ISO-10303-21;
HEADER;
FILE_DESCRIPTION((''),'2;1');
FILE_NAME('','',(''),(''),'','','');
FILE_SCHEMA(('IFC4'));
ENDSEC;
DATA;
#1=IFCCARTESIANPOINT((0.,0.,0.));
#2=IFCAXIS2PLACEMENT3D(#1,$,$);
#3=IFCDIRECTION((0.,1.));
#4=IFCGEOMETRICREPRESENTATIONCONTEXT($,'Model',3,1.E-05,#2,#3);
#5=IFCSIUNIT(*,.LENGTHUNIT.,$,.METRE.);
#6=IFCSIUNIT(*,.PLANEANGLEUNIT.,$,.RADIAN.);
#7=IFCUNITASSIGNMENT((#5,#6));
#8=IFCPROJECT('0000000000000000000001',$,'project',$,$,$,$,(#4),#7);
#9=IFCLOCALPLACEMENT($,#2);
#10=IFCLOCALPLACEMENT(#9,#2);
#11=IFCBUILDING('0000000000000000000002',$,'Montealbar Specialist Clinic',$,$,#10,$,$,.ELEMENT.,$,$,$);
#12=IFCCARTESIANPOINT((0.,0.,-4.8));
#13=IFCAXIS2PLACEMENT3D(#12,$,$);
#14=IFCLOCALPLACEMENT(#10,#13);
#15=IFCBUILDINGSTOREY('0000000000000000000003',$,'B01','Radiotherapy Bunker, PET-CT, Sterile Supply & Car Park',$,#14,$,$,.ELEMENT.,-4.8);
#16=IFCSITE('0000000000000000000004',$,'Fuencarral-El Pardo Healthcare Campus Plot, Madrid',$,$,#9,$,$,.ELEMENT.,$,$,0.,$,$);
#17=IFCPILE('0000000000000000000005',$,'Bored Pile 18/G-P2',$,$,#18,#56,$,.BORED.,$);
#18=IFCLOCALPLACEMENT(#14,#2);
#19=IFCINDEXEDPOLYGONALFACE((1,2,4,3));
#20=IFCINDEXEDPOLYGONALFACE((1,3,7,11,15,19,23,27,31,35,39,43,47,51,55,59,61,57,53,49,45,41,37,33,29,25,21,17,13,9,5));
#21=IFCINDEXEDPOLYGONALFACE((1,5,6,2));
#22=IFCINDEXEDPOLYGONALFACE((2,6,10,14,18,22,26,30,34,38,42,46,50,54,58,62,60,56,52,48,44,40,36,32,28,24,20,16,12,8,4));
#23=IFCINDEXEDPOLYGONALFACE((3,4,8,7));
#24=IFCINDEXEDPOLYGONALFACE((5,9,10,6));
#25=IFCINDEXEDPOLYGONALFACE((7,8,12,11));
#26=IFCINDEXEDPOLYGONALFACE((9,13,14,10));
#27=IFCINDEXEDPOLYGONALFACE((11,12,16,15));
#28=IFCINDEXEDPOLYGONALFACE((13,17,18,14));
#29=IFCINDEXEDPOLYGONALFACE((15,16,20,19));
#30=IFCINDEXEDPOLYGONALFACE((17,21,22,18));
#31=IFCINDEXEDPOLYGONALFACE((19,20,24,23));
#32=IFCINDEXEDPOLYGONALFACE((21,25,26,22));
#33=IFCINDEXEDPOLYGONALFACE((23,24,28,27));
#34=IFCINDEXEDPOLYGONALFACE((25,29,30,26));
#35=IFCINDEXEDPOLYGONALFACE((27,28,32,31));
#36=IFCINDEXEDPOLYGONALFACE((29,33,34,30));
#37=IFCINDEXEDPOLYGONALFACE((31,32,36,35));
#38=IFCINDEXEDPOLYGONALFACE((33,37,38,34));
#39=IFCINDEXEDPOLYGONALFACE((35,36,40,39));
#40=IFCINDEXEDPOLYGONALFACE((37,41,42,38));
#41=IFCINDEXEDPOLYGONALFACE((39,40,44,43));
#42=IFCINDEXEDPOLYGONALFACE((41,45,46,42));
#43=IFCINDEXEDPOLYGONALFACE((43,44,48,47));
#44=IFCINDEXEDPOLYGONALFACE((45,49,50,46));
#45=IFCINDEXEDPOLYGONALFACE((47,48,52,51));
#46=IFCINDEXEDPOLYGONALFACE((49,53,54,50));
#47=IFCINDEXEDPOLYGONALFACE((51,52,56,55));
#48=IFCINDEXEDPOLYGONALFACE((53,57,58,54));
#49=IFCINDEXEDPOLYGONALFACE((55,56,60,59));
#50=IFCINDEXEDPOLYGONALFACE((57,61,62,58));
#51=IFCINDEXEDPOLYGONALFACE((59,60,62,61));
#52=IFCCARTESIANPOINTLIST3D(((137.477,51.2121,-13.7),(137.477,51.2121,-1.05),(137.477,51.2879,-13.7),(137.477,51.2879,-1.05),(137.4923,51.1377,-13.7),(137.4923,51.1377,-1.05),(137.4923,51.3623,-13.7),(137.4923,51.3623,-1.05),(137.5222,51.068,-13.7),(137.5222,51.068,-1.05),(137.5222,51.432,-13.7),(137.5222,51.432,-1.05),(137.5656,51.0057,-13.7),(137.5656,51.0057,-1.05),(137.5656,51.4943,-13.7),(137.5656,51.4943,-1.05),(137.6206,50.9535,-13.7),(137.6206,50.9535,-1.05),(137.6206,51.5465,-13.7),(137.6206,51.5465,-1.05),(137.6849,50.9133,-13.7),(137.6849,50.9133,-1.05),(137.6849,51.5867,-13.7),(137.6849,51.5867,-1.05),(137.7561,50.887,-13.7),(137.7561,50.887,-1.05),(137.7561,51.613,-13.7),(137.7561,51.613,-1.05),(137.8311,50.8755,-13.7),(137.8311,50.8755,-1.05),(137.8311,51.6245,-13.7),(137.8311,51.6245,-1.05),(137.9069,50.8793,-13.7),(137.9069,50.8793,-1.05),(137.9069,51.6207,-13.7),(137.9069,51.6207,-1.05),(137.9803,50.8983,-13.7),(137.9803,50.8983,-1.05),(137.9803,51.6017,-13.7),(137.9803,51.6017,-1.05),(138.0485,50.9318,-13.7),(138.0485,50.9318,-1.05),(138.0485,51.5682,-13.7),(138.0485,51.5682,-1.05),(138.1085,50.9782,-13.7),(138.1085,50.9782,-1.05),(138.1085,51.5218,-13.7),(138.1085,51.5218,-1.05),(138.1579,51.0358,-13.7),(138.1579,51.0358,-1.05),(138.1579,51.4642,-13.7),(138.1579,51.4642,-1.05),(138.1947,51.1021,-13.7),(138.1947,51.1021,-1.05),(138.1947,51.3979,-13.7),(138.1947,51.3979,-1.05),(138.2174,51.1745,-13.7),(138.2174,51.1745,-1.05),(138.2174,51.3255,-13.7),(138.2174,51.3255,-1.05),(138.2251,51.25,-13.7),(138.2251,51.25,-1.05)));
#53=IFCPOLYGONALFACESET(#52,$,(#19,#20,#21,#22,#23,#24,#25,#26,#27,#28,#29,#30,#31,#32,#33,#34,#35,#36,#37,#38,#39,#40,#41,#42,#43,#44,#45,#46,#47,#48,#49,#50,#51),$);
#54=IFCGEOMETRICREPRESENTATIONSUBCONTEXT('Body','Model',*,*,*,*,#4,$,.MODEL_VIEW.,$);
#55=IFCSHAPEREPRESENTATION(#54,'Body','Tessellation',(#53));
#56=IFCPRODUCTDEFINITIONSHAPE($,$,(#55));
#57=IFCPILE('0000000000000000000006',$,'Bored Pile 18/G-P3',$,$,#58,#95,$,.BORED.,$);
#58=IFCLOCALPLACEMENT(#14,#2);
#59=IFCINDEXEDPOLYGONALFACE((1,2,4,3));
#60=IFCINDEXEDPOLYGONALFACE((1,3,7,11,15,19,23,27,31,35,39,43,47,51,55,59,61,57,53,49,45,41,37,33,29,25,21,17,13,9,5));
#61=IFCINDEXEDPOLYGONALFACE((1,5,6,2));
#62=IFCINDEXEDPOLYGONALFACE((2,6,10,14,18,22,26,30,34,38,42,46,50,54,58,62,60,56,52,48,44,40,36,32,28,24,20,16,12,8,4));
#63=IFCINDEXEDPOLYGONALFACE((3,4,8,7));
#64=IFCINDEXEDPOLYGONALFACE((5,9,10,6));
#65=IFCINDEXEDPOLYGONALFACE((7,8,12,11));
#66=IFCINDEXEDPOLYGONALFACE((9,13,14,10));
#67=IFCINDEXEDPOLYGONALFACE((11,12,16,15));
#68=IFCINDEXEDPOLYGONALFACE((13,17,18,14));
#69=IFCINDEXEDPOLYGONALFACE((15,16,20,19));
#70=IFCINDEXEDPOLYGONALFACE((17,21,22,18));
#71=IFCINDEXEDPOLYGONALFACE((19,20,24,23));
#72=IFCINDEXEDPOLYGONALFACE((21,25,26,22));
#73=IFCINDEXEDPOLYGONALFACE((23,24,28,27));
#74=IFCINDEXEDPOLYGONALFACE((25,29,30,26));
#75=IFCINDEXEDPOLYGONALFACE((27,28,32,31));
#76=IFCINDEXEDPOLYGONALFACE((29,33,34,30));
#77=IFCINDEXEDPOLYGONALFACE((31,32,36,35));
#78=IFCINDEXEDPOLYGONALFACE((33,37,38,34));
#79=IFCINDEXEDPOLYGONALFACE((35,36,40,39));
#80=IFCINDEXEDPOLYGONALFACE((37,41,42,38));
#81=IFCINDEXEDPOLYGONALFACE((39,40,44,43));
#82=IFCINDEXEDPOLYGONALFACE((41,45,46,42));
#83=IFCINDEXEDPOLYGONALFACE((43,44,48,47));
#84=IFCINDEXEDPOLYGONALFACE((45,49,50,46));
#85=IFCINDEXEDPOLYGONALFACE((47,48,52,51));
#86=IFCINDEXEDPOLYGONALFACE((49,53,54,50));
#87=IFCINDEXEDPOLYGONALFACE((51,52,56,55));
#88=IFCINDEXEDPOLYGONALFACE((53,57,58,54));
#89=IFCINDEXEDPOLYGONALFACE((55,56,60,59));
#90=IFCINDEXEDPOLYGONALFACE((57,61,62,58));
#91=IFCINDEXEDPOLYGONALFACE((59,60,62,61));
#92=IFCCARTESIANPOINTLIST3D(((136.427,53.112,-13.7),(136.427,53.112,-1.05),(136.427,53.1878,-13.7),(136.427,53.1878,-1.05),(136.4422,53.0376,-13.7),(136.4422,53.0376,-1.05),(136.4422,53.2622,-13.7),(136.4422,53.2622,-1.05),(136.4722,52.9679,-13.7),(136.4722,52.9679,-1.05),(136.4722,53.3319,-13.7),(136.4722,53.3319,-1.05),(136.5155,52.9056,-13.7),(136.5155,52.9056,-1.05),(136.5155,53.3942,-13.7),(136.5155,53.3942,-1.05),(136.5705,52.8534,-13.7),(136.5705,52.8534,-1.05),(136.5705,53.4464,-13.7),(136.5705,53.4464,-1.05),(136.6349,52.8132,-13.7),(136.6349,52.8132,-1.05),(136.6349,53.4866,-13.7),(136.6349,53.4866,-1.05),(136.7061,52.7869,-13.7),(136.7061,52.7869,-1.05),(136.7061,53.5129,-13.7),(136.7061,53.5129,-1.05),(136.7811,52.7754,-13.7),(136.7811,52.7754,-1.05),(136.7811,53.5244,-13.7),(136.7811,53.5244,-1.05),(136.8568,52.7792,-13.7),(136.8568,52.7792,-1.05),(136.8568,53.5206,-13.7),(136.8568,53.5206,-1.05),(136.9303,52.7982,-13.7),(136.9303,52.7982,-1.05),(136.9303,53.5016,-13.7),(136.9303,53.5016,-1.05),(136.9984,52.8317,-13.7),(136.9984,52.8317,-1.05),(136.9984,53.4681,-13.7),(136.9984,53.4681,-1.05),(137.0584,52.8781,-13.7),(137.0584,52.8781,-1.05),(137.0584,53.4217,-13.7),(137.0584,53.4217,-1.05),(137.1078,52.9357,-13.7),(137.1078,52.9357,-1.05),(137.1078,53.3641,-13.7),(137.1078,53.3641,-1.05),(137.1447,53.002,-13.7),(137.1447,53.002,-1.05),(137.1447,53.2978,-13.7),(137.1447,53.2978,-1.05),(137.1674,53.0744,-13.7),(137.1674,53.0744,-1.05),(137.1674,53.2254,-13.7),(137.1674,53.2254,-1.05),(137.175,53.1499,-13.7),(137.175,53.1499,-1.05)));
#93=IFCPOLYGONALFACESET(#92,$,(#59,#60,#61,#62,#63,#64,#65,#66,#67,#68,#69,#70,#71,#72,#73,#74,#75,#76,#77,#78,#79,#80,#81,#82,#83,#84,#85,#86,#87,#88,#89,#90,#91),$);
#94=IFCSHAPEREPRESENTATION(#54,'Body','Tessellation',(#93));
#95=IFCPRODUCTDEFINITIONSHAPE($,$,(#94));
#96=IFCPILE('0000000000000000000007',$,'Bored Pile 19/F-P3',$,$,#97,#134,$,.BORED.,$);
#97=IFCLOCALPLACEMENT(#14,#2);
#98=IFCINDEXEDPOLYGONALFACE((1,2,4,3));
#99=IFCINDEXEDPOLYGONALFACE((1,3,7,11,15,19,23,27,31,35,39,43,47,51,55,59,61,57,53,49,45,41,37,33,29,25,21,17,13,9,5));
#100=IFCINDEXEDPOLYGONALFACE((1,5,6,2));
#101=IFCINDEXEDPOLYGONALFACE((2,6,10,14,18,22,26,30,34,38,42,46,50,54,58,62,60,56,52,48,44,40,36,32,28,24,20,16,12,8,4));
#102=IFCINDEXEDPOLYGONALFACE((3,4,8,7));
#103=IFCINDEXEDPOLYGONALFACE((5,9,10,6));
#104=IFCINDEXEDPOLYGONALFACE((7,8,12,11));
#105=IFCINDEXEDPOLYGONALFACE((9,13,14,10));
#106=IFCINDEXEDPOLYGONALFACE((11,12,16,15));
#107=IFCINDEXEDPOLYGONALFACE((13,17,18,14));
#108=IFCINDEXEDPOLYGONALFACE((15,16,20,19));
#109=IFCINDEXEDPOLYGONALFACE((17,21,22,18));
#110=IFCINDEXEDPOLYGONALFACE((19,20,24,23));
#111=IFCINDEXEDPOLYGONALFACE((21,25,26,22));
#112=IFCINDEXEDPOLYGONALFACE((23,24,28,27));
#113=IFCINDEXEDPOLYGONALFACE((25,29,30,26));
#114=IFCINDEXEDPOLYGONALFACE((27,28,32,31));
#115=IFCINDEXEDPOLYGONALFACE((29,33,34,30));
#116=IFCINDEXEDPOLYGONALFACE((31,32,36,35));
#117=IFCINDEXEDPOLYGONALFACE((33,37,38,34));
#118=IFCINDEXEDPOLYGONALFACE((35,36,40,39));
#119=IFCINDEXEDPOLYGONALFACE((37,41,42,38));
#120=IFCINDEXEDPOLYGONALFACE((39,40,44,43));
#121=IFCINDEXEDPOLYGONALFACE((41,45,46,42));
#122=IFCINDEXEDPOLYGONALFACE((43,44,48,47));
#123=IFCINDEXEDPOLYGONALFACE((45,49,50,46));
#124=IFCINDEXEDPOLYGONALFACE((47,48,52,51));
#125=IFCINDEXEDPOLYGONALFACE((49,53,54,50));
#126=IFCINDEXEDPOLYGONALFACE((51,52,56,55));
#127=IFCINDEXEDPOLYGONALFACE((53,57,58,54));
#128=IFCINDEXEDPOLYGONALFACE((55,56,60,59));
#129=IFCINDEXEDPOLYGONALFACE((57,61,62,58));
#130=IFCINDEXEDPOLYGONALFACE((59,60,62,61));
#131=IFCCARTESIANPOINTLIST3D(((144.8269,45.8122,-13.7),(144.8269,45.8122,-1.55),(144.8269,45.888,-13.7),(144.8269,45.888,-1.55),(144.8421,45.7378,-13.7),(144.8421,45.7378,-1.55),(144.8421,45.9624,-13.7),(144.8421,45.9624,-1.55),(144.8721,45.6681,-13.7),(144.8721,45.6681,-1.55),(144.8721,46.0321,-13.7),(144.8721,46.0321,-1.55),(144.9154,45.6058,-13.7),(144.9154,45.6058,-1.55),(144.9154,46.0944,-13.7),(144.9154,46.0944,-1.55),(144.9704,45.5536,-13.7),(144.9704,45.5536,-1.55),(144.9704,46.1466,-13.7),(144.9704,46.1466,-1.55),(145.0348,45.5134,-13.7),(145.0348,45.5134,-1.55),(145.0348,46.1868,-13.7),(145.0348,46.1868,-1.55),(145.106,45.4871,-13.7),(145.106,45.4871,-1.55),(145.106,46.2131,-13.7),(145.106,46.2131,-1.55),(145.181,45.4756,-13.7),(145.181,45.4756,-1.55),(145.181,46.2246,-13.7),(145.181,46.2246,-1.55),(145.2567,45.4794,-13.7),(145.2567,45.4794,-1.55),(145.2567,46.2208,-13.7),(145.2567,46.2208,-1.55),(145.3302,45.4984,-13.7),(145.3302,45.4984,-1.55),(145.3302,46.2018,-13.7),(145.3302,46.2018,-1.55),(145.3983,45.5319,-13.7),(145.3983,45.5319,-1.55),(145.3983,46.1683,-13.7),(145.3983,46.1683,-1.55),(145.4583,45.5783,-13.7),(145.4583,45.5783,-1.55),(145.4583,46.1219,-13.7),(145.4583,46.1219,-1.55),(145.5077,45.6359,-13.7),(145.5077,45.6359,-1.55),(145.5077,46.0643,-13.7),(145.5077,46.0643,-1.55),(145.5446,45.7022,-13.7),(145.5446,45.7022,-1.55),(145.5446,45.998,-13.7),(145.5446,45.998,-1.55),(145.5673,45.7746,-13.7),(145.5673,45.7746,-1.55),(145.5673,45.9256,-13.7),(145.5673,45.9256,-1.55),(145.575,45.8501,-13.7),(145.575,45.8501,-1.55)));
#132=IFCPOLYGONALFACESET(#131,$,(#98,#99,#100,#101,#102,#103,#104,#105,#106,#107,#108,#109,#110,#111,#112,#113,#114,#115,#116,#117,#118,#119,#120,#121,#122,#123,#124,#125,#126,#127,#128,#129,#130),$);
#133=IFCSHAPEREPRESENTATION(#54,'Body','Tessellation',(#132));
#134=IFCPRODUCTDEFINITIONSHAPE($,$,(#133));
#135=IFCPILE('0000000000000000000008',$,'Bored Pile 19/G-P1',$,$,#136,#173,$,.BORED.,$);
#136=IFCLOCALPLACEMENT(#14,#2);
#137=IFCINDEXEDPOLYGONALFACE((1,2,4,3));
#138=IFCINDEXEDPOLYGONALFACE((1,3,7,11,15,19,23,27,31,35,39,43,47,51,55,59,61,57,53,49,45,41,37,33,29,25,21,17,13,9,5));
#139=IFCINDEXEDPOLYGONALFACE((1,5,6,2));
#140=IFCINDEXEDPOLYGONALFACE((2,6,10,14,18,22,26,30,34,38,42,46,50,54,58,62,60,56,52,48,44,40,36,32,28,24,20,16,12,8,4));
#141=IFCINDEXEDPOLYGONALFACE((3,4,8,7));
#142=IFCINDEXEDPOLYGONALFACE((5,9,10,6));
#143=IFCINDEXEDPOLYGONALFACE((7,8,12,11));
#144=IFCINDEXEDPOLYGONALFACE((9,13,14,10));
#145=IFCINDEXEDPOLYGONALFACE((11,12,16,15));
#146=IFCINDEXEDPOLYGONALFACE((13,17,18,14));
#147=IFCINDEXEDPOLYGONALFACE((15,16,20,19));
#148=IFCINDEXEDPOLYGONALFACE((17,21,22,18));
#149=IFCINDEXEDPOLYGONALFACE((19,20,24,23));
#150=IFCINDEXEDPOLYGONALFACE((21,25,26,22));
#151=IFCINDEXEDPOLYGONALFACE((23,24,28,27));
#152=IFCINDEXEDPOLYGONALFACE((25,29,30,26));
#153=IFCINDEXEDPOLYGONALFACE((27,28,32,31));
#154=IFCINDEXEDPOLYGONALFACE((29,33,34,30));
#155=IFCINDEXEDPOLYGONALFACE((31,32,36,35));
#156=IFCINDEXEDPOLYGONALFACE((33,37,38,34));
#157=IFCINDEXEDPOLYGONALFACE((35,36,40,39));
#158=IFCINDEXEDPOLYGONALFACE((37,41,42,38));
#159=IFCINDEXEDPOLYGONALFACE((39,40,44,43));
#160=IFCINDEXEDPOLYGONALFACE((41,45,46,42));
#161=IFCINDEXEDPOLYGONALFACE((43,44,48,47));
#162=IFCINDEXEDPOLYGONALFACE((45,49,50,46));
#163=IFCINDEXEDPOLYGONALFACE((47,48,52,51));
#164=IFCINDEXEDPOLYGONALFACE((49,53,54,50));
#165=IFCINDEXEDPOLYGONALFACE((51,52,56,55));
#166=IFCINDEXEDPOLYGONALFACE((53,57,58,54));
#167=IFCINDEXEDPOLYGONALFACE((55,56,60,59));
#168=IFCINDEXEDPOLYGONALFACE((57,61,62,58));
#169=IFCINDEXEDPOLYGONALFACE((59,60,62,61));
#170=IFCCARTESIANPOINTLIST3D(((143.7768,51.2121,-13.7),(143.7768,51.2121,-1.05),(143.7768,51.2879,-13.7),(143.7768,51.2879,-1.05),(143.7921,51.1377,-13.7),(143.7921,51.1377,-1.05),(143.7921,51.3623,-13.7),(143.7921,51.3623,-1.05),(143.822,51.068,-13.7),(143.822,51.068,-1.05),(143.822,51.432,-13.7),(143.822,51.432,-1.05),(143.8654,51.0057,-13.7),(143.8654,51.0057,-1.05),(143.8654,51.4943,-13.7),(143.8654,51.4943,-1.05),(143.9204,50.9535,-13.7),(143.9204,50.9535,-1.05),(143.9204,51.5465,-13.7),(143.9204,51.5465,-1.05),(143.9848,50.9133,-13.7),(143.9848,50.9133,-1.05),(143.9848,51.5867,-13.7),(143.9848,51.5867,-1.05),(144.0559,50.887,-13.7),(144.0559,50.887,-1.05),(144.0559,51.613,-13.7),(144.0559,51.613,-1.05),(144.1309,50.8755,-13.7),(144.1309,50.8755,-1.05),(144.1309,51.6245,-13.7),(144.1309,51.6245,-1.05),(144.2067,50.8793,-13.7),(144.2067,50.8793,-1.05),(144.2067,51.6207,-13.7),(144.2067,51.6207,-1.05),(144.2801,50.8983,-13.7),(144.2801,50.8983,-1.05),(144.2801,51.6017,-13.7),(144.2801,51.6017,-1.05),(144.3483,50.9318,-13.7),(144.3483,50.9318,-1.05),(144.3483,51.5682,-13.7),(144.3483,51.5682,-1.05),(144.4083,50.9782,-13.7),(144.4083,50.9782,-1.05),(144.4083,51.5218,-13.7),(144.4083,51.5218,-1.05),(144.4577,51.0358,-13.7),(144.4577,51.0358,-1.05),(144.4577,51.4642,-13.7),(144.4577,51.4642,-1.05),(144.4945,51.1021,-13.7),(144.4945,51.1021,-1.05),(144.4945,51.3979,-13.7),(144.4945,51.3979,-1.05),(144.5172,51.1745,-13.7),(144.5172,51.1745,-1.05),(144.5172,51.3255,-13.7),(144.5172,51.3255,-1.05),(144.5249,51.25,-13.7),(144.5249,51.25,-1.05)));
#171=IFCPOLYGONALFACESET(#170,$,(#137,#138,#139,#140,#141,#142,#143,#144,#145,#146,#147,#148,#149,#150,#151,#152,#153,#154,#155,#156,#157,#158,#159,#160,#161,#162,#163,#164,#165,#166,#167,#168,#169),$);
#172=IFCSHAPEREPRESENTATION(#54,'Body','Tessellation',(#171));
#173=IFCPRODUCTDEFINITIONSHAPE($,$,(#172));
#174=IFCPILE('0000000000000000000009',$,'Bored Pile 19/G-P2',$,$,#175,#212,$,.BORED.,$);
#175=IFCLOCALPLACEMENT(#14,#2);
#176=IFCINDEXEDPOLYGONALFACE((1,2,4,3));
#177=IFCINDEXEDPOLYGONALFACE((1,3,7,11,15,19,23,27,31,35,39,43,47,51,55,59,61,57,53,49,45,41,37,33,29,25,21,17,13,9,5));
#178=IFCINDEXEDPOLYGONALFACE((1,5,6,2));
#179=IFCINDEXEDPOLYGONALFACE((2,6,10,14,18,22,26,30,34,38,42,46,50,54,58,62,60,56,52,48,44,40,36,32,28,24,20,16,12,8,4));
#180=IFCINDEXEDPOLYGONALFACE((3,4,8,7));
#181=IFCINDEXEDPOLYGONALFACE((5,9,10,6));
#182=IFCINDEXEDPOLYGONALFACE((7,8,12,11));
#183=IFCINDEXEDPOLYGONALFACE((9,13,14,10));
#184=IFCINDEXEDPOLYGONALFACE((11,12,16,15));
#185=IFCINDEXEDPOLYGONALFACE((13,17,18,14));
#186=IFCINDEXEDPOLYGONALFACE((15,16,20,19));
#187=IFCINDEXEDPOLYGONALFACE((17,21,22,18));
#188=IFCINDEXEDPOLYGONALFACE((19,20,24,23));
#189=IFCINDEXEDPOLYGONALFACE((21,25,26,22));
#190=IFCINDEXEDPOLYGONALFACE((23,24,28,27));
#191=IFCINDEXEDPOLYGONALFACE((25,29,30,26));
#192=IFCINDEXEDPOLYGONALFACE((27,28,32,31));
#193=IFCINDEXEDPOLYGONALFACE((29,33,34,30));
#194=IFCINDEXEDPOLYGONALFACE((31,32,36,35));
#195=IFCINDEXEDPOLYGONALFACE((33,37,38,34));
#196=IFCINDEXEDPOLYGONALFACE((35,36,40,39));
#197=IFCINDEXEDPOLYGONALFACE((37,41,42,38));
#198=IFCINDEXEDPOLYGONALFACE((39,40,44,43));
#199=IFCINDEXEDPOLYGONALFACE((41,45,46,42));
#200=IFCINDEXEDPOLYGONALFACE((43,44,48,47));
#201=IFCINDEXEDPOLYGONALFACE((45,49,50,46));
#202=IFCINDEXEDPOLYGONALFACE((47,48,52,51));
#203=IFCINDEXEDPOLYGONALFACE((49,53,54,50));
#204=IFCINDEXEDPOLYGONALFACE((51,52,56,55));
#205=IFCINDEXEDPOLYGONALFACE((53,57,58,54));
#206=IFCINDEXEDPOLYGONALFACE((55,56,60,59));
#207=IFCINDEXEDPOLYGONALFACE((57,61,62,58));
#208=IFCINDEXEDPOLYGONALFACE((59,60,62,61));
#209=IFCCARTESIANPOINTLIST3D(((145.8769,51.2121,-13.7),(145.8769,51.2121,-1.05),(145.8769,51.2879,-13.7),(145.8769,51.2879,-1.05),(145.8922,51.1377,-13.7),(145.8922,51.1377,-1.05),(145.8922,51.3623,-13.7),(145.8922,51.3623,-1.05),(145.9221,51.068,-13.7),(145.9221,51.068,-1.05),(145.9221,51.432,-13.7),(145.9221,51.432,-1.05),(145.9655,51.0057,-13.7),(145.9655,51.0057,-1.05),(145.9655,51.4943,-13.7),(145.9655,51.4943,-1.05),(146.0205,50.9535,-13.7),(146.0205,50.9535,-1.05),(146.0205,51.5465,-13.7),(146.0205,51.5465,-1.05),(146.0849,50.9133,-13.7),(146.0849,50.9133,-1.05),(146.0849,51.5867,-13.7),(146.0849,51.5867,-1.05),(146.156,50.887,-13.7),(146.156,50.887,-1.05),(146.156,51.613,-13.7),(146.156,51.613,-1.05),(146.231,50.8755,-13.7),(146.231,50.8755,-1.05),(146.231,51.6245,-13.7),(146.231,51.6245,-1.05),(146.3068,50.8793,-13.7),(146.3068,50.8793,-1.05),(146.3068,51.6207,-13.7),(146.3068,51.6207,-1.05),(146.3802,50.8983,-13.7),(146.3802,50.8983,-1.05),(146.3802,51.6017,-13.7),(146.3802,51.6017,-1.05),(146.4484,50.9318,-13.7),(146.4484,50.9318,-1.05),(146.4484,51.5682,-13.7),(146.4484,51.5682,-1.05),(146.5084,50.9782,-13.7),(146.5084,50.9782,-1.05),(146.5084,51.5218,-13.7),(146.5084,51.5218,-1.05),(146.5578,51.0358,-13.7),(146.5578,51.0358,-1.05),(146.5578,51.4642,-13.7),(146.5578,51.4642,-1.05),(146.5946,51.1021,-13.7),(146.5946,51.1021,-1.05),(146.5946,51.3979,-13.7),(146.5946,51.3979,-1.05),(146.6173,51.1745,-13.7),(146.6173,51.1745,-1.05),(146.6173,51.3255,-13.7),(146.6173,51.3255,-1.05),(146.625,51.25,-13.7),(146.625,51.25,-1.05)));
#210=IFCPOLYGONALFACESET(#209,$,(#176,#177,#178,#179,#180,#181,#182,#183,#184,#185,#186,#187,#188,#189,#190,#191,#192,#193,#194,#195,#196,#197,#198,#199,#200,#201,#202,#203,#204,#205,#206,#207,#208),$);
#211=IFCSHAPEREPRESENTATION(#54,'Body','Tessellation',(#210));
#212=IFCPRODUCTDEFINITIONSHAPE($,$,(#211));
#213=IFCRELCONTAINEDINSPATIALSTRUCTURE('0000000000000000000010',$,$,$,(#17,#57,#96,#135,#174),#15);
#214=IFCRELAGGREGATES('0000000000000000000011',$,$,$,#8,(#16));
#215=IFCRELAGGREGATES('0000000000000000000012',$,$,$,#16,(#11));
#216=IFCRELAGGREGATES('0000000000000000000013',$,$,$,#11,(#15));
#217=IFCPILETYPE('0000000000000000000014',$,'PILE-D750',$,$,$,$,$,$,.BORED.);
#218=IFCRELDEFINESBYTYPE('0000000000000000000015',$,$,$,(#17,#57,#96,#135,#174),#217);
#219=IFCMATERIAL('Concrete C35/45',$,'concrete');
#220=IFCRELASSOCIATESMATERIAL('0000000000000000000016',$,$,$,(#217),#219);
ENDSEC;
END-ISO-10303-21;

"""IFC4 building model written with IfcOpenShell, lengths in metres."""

from ifc_helpers import new_model, si_unit, direction, frame, origin, origin_2d, place, context, subcontext, project, spatial, circle, extrude, material, material_profile, profile_set, type_object, element, save


model = new_model("IFC4")

# Units and contexts
model_context = context("Model", 3, precision=1e-05, world=origin(), true_north=direction((0.0, 1.0)))
body_context = subcontext(model_context, "Body", "Model", "MODEL_VIEW")
ifc_project = project(units=[si_unit("LENGTHUNIT", "METRE"), si_unit("PLANEANGLEUNIT", "RADIAN")], contexts=[model_context])

# Site, building, storey
site_placement = place(None, origin())
site = spatial("IfcSite", under=ifc_project, at=site_placement, Name="Fuencarral-El Pardo Healthcare Campus Plot, Madrid", CompositionType="ELEMENT", RefElevation=0.0)
building_placement = place(site_placement, origin())
building = spatial("IfcBuilding", under=site, at=building_placement, Name="Montealbar Specialist Clinic", CompositionType="ELEMENT")
storey_placement = place(building_placement, frame((0.0, 0.0, -4.8)))
storey = spatial("IfcBuildingStorey", under=building, at=storey_placement, Name="B01", Description="Radiotherapy Bunker, PET-CT, Sterile Supply & Car Park", CompositionType="ELEMENT", Elevation=-4.8)

# Shared definitions
ifc_material_1 = material(Name="Concrete C35/45", Category="concrete")

# Piles
ifc_material_profile_1 = material_profile(ifc_material_1, circle(Radius=0.375, at=origin_2d()), Name="PILE D750", Category="concrete")
ifc_profile_set_1 = profile_set([ifc_material_profile_1], Name="Concrete C35/45")
pile_type = type_object("IfcPileType", Name="PILE-D750", PredefinedType="BORED", material=ifc_profile_set_1)
for number, where, z_axis, x_axis, name in (
    (1, (137.8501, 51.25, -1.05), (0.0, 0.0, -1.0), (1.0, 0.0, 0.0), "Bored Pile 18/G-P2"),
    (2, (136.8, 53.1499, -1.05), (0.0, 0.0, -1.0), (1.0, 0.0, 0.0), "Bored Pile 18/G-P3"),
):
    element("IfcPile", number, at=place(storey_placement, frame(where, z_axis=z_axis, x_axis=x_axis)), inside=storey, type_object=pile_type, Name=name, PredefinedType="BORED", context=body_context, shape_type="SweptSolid", body=[
        extrude(circle(Radius=0.375, at=origin_2d()), origin(), (0.0, 0.0, 1.0), 12.6499),
    ])
pile_1_placement = place(storey_placement, frame((145.2, 45.8501, -1.55), z_axis=(0.0, 0.0, -1.0), x_axis=(1.0, 0.0, 0.0)))
element("IfcPile", 3, at=pile_1_placement, inside=storey, type_object=pile_type, Name="Bored Pile 19/F-P3", PredefinedType="BORED", context=body_context, shape_type="SweptSolid", body=[
    extrude(circle(Radius=0.375, at=origin_2d()), origin(), (0.0, 0.0, 1.0), 12.1499),
])
for number, where, z_axis, x_axis, name in (
    (4, (144.1499, 51.25, -1.05), (0.0, 0.0, -1.0), (1.0, 0.0, 0.0), "Bored Pile 19/G-P1"),
    (5, (146.25, 51.25, -1.05), (0.0, 0.0, -1.0), (1.0, 0.0, 0.0), "Bored Pile 19/G-P2"),
):
    element("IfcPile", number, at=place(storey_placement, frame(where, z_axis=z_axis, x_axis=x_axis)), inside=storey, type_object=pile_type, Name=name, PredefinedType="BORED", context=body_context, shape_type="SweptSolid", body=[
        extrude(circle(Radius=0.375, at=origin_2d()), origin(), (0.0, 0.0, 1.0), 12.6499),
    ])

save(model, "model.ifc")
